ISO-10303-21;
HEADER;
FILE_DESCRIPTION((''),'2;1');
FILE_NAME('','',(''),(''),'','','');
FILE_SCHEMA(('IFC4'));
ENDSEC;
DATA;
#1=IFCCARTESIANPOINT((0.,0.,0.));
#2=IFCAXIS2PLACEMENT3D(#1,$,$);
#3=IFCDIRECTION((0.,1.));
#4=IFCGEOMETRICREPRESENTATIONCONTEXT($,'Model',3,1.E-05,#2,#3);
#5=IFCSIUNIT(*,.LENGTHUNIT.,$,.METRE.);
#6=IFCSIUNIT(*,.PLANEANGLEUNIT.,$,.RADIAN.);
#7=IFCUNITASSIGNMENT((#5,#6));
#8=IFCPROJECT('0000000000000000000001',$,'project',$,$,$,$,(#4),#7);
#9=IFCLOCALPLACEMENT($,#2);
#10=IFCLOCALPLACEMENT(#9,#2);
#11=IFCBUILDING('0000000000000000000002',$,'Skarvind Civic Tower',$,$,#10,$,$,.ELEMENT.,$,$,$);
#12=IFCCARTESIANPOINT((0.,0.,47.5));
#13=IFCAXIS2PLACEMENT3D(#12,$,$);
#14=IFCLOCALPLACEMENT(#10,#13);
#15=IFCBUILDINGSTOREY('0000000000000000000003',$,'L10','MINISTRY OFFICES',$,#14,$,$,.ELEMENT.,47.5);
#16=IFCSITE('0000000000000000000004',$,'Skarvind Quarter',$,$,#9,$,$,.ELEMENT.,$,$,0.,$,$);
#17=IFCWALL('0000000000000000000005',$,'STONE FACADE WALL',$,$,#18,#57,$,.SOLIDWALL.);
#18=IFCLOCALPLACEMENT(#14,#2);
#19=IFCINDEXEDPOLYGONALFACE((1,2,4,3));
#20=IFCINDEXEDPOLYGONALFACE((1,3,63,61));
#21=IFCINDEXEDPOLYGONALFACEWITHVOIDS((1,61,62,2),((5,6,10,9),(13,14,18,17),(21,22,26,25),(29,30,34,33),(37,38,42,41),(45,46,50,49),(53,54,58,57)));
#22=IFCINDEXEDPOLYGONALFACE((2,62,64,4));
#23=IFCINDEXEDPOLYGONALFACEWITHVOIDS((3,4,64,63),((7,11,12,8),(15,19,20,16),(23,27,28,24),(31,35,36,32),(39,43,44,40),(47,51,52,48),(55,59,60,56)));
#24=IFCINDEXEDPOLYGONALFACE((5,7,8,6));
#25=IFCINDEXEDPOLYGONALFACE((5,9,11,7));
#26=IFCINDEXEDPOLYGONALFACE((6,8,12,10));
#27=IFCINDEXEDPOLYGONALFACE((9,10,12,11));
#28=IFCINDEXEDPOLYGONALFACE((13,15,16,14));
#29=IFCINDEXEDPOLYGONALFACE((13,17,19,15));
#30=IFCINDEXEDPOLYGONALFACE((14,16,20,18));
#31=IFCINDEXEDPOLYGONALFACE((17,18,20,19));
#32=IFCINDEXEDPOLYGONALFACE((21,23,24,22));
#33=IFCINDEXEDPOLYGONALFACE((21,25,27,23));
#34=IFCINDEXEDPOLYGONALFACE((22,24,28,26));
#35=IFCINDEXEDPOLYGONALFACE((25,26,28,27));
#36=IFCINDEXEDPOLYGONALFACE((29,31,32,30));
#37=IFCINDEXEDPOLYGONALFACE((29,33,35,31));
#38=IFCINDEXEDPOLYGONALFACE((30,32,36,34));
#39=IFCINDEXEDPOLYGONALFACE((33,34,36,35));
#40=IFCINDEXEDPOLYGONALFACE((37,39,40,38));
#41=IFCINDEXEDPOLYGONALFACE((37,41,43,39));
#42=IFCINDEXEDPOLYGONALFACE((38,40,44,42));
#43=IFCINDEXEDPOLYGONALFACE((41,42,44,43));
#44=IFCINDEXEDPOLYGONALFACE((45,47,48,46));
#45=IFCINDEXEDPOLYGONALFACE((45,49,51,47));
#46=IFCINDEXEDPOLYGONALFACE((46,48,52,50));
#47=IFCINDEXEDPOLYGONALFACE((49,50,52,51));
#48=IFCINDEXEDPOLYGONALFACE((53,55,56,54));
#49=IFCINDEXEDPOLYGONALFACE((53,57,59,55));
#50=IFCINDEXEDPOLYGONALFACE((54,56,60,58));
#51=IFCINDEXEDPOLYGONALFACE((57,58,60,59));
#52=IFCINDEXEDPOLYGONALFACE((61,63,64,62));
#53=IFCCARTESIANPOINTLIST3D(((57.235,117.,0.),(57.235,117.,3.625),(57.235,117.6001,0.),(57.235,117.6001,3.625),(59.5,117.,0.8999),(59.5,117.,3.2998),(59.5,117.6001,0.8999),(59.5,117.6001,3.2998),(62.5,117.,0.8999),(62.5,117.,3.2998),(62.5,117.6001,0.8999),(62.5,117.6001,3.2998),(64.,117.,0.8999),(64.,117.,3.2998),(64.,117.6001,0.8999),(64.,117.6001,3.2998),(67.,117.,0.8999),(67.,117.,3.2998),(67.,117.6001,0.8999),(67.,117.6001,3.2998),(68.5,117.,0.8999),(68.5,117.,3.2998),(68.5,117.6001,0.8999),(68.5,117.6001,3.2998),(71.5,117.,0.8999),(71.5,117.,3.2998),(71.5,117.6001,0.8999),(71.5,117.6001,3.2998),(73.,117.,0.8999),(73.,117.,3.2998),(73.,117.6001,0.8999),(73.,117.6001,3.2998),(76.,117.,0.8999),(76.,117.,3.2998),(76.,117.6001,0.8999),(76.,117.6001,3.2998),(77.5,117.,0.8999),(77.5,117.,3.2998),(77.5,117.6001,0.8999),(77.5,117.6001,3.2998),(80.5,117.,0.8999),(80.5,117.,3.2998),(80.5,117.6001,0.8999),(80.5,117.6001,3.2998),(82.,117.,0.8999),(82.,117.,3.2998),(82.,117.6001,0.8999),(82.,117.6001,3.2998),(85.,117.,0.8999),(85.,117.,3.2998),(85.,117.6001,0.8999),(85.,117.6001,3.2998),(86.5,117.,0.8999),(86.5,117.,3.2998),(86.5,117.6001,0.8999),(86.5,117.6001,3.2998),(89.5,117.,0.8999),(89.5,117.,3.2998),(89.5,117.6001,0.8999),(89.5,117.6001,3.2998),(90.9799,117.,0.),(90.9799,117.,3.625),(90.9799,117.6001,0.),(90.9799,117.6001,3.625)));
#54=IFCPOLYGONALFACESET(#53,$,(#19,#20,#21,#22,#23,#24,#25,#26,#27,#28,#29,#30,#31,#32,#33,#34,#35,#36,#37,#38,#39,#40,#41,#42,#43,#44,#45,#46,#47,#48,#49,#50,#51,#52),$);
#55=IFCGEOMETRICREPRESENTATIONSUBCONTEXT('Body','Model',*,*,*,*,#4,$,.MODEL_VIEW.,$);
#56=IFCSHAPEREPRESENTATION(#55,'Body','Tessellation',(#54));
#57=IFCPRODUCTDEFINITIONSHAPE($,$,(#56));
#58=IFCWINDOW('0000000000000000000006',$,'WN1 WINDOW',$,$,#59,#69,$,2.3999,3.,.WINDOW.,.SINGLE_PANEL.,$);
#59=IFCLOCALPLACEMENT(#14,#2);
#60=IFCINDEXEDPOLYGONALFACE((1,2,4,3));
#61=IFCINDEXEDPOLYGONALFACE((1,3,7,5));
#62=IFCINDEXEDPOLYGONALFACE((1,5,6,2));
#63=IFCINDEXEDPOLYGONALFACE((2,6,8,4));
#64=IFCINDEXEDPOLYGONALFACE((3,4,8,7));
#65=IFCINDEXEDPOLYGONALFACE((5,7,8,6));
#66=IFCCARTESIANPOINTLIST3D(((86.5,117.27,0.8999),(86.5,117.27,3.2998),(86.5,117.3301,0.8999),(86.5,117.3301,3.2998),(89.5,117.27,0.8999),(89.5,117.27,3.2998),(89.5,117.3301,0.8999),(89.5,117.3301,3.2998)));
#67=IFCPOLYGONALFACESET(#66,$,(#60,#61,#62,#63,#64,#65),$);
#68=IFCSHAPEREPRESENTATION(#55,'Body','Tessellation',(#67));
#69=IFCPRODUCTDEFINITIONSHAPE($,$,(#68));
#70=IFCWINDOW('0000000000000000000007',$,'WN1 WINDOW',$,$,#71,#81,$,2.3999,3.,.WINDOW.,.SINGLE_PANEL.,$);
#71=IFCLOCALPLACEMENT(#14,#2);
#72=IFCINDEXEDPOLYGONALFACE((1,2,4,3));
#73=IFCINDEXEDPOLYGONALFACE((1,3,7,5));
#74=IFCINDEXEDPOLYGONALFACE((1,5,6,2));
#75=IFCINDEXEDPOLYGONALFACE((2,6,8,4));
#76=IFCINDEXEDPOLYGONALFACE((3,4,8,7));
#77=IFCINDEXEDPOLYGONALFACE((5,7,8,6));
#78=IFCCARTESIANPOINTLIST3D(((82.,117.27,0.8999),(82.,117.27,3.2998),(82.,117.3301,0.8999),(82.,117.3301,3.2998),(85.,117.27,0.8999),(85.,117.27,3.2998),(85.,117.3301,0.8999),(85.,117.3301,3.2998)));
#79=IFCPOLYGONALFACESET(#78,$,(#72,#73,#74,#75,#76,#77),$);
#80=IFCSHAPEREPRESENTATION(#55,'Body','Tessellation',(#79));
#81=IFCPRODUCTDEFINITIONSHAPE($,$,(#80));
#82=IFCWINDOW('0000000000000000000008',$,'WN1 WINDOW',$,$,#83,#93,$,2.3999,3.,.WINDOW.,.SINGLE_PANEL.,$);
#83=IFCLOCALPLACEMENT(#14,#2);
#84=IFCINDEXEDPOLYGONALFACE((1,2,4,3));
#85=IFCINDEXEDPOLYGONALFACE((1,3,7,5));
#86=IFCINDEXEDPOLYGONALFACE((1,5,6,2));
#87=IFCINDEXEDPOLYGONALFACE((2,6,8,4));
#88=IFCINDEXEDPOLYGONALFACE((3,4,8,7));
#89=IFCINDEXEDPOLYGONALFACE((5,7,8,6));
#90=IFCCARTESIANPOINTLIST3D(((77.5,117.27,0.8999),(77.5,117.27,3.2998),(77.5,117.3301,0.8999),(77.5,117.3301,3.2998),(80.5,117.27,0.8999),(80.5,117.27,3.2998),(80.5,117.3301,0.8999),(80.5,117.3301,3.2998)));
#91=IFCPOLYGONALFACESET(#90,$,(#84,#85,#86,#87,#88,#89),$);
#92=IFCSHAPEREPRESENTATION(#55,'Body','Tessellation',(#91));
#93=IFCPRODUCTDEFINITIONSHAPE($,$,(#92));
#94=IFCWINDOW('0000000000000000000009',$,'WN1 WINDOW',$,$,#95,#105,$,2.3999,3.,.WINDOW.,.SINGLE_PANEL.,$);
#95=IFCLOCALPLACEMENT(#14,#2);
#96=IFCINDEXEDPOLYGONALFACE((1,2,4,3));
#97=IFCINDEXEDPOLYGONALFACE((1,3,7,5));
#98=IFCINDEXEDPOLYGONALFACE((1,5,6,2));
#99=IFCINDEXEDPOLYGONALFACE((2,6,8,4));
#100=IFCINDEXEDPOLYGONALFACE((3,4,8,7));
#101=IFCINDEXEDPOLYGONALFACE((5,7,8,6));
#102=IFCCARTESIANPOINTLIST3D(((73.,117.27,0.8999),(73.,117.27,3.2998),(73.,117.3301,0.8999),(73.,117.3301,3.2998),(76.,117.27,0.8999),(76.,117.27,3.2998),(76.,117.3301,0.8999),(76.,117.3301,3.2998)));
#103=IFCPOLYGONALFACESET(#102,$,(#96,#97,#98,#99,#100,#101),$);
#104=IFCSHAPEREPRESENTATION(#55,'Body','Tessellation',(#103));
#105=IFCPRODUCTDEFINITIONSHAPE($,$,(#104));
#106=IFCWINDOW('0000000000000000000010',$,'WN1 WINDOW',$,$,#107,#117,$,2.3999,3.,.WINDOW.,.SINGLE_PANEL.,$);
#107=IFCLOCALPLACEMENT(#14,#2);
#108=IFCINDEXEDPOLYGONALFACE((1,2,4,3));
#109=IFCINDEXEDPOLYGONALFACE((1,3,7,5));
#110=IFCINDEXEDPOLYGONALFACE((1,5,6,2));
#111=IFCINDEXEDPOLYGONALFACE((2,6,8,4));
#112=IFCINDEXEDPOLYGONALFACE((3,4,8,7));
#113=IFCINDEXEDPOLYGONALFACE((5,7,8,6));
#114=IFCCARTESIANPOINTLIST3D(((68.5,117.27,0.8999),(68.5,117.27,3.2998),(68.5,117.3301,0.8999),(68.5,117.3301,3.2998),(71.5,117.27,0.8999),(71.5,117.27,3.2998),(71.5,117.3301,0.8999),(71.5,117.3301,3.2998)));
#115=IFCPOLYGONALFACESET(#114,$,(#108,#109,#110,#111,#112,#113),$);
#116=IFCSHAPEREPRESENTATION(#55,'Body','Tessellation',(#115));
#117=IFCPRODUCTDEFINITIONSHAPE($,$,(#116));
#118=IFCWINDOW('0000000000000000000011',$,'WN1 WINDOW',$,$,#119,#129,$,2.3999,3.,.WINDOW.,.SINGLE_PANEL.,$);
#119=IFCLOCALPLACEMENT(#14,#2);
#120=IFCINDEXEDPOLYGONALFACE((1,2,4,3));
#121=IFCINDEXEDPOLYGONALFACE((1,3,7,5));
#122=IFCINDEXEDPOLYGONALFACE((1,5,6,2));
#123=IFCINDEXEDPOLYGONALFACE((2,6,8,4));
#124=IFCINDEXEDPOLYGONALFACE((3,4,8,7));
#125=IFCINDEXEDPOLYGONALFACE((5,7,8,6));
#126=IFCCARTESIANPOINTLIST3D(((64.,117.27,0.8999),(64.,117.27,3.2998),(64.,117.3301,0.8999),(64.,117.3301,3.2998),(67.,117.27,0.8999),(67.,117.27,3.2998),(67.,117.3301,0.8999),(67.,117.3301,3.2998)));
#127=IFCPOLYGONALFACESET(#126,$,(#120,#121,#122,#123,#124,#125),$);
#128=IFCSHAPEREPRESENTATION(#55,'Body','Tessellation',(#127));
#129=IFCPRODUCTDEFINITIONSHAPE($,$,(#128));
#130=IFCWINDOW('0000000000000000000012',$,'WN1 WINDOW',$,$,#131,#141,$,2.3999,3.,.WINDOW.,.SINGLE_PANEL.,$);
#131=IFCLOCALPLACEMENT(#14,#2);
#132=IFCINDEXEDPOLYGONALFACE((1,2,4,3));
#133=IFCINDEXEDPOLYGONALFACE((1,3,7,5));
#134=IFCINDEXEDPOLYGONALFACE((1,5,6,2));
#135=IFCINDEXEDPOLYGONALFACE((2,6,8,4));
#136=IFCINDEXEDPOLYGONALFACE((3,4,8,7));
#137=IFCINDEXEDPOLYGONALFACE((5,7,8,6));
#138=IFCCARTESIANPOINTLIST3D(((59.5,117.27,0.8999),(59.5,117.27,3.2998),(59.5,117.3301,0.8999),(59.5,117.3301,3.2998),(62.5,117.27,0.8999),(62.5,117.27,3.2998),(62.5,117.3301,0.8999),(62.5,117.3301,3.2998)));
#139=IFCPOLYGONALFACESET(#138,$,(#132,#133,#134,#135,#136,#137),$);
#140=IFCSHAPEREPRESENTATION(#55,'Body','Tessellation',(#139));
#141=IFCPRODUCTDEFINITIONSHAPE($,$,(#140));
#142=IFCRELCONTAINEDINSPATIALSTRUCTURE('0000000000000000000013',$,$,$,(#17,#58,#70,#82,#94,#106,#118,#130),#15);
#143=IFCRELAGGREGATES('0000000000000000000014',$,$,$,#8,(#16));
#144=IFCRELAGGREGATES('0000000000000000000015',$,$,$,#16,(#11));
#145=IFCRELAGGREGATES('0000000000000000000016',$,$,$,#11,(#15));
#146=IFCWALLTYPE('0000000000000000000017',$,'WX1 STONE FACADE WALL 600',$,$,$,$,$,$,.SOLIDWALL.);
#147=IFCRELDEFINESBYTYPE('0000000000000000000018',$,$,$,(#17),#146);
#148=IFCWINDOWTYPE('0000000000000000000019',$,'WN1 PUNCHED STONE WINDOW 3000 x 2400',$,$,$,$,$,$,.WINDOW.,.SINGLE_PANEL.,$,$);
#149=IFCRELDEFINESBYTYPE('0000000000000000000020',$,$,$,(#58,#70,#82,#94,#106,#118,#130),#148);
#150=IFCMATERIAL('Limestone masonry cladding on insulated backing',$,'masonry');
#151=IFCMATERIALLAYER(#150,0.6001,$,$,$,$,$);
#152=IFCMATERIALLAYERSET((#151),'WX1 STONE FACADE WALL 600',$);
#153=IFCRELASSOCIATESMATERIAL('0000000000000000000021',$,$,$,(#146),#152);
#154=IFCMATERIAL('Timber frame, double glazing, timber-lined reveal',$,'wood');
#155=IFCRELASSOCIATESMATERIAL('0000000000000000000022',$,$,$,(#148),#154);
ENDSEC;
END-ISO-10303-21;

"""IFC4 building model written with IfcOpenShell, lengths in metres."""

from ifc_helpers import new_model, si_unit, direction, frame, frame_2d, origin, place, context, subcontext, project, spatial, rectangle, extrude, material, layer, layer_set, type_object, element, fill, save


model = new_model("IFC4")

# Units and contexts
model_context = context("Model", 3, precision=1e-05, world=origin(), true_north=direction((0.0, 1.0)))
body_context = subcontext(model_context, "Body", "Model", "MODEL_VIEW")
ifc_project = project(units=[si_unit("LENGTHUNIT", "METRE"), si_unit("PLANEANGLEUNIT", "RADIAN")], contexts=[model_context])

# Site, building, storey
site_placement = place(None, origin())
site = spatial("IfcSite", under=ifc_project, at=site_placement, Name="Skarvind Quarter", CompositionType="ELEMENT", RefElevation=0.0)
building_placement = place(site_placement, origin())
building = spatial("IfcBuilding", under=site, at=building_placement, Name="Skarvind Civic Tower", CompositionType="ELEMENT")
storey_placement = place(building_placement, frame((0.0, 0.0, 47.5)))
storey = spatial("IfcBuildingStorey", under=building, at=storey_placement, Name="L10", Description="MINISTRY OFFICES", CompositionType="ELEMENT", Elevation=47.5)

# Wall, openings, windows
ifc_material_1 = material(Name="Limestone masonry cladding on insulated backing", Category="masonry")
ifc_layer_1 = layer(ifc_material_1, 0.6001)
ifc_layer_set_1 = layer_set([ifc_layer_1], Name="WX1 STONE FACADE WALL 600")
wall_type_1 = type_object("IfcWallType", Name="WX1 STONE FACADE WALL 600", PredefinedType="SOLIDWALL", material=ifc_layer_set_1)
wall_placement = place(storey_placement, frame((90.98, 117.3, 0.0), z_axis=(0.0, 0.0, 1.0), x_axis=(-1.0, 0.0, 0.0)))
wall = element("IfcWall", 1, at=wall_placement, inside=storey, type_object=wall_type_1, Name="STONE FACADE WALL", PredefinedType="SOLIDWALL", context=body_context, shape_type="SweptSolid", body=[
    extrude(rectangle(XDim=33.7449, YDim=0.6001, at=frame_2d((16.8726, 0.0))), origin(), (0.0, 0.0, 1.0), 3.625),
])
opening_1_placement = place(wall_placement, frame((1.48, 0.0, 0.8999)))
opening_1 = element("IfcOpeningElement", 2, at=opening_1_placement, cuts=wall, PredefinedType="OPENING", context=body_context, shape_type="SweptSolid", body=[
    extrude(rectangle(XDim=3.0, YDim=2.3999, at=frame_2d((1.5, 1.2))), frame((0.0, 0.3101, 0.0), z_axis=(0.0, -1.0, 0.0), x_axis=(1.0, 0.0, 0.0)), (0.0, 0.0, 1.0), 0.6201),
])
opening_2_placement = place(wall_placement, frame((5.98, 0.0, 0.8999)))
opening_2 = element("IfcOpeningElement", 3, at=opening_2_placement, cuts=wall, PredefinedType="OPENING", context=body_context, shape_type="SweptSolid", body=[
    extrude(rectangle(XDim=3.0, YDim=2.3999, at=frame_2d((1.5, 1.2))), frame((0.0, 0.3101, 0.0), z_axis=(0.0, -1.0, 0.0), x_axis=(1.0, 0.0, 0.0)), (0.0, 0.0, 1.0), 0.6201),
])
opening_3_placement = place(wall_placement, frame((10.48, 0.0, 0.8999)))
opening_3 = element("IfcOpeningElement", 4, at=opening_3_placement, cuts=wall, PredefinedType="OPENING", context=body_context, shape_type="SweptSolid", body=[
    extrude(rectangle(XDim=3.0, YDim=2.3999, at=frame_2d((1.5, 1.2))), frame((0.0, 0.3101, 0.0), z_axis=(0.0, -1.0, 0.0), x_axis=(1.0, 0.0, 0.0)), (0.0, 0.0, 1.0), 0.6201),
])
opening_4_placement = place(wall_placement, frame((14.98, 0.0, 0.8999)))
opening_4 = element("IfcOpeningElement", 5, at=opening_4_placement, cuts=wall, PredefinedType="OPENING", context=body_context, shape_type="SweptSolid", body=[
    extrude(rectangle(XDim=3.0, YDim=2.3999, at=frame_2d((1.5, 1.2))), frame((0.0, 0.3101, 0.0), z_axis=(0.0, -1.0, 0.0), x_axis=(1.0, 0.0, 0.0)), (0.0, 0.0, 1.0), 0.6201),
])
opening_5_placement = place(wall_placement, frame((19.48, 0.0, 0.8999)))
opening_5 = element("IfcOpeningElement", 6, at=opening_5_placement, cuts=wall, PredefinedType="OPENING", context=body_context, shape_type="SweptSolid", body=[
    extrude(rectangle(XDim=3.0, YDim=2.3999, at=frame_2d((1.5, 1.2))), frame((0.0, 0.3101, 0.0), z_axis=(0.0, -1.0, 0.0), x_axis=(1.0, 0.0, 0.0)), (0.0, 0.0, 1.0), 0.6201),
])
opening_6_placement = place(wall_placement, frame((23.98, 0.0, 0.8999)))
opening_6 = element("IfcOpeningElement", 7, at=opening_6_placement, cuts=wall, PredefinedType="OPENING", context=body_context, shape_type="SweptSolid", body=[
    extrude(rectangle(XDim=3.0, YDim=2.3999, at=frame_2d((1.5, 1.2))), frame((0.0, 0.3101, 0.0), z_axis=(0.0, -1.0, 0.0), x_axis=(1.0, 0.0, 0.0)), (0.0, 0.0, 1.0), 0.6201),
])
opening_7_placement = place(wall_placement, frame((28.48, 0.0, 0.8999)))
opening_7 = element("IfcOpeningElement", 8, at=opening_7_placement, cuts=wall, PredefinedType="OPENING", context=body_context, shape_type="SweptSolid", body=[
    extrude(rectangle(XDim=3.0, YDim=2.3999, at=frame_2d((1.5, 1.2))), frame((0.0, 0.3101, 0.0), z_axis=(0.0, -1.0, 0.0), x_axis=(1.0, 0.0, 0.0)), (0.0, 0.0, 1.0), 0.6201),
])
ifc_material_2 = material(Name="Timber frame, double glazing, timber-lined reveal", Category="wood")
window_type = type_object("IfcWindowType", Name="WN1 PUNCHED STONE WINDOW 3000 x 2400", PartitioningType="SINGLE_PANEL", PredefinedType="WINDOW", material=ifc_material_2)
window_1_placement = place(opening_1_placement, origin())
window_1 = element("IfcWindow", 9, at=window_1_placement, inside=storey, type_object=window_type, Name="WN1 WINDOW", OverallHeight=2.3999, OverallWidth=3.0, PartitioningType="SINGLE_PANEL", PredefinedType="WINDOW", context=body_context, shape_type="SweptSolid", body=[
    extrude(rectangle(XDim=3.0, YDim=2.3999, at=frame_2d((1.5, 1.2))), frame((0.0, 0.03, 0.0), z_axis=(0.0, -1.0, 0.0), x_axis=(1.0, 0.0, 0.0)), (0.0, 0.0, 1.0), 0.0601),
])
fill(opening_1, window_1)
window_2_placement = place(opening_2_placement, origin())
window_2 = element("IfcWindow", 10, at=window_2_placement, inside=storey, type_object=window_type, Name="WN1 WINDOW", OverallHeight=2.3999, OverallWidth=3.0, PartitioningType="SINGLE_PANEL", PredefinedType="WINDOW", context=body_context, shape_type="SweptSolid", body=[
    extrude(rectangle(XDim=3.0, YDim=2.3999, at=frame_2d((1.5, 1.2))), frame((0.0, 0.03, 0.0), z_axis=(0.0, -1.0, 0.0), x_axis=(1.0, 0.0, 0.0)), (0.0, 0.0, 1.0), 0.0601),
])
fill(opening_2, window_2)
window_3_placement = place(opening_3_placement, origin())
window_3 = element("IfcWindow", 11, at=window_3_placement, inside=storey, type_object=window_type, Name="WN1 WINDOW", OverallHeight=2.3999, OverallWidth=3.0, PartitioningType="SINGLE_PANEL", PredefinedType="WINDOW", context=body_context, shape_type="SweptSolid", body=[
    extrude(rectangle(XDim=3.0, YDim=2.3999, at=frame_2d((1.5, 1.2))), frame((0.0, 0.03, 0.0), z_axis=(0.0, -1.0, 0.0), x_axis=(1.0, 0.0, 0.0)), (0.0, 0.0, 1.0), 0.0601),
])
fill(opening_3, window_3)
window_4_placement = place(opening_4_placement, origin())
window_4 = element("IfcWindow", 12, at=window_4_placement, inside=storey, type_object=window_type, Name="WN1 WINDOW", OverallHeight=2.3999, OverallWidth=3.0, PartitioningType="SINGLE_PANEL", PredefinedType="WINDOW", context=body_context, shape_type="SweptSolid", body=[
    extrude(rectangle(XDim=3.0, YDim=2.3999, at=frame_2d((1.5, 1.2))), frame((0.0, 0.03, 0.0), z_axis=(0.0, -1.0, 0.0), x_axis=(1.0, 0.0, 0.0)), (0.0, 0.0, 1.0), 0.0601),
])
fill(opening_4, window_4)
window_5_placement = place(opening_5_placement, origin())
window_5 = element("IfcWindow", 13, at=window_5_placement, inside=storey, type_object=window_type, Name="WN1 WINDOW", OverallHeight=2.3999, OverallWidth=3.0, PartitioningType="SINGLE_PANEL", PredefinedType="WINDOW", context=body_context, shape_type="SweptSolid", body=[
    extrude(rectangle(XDim=3.0, YDim=2.3999, at=frame_2d((1.5, 1.2))), frame((0.0, 0.03, 0.0), z_axis=(0.0, -1.0, 0.0), x_axis=(1.0, 0.0, 0.0)), (0.0, 0.0, 1.0), 0.0601),
])
fill(opening_5, window_5)
window_6_placement = place(opening_6_placement, origin())
window_6 = element("IfcWindow", 14, at=window_6_placement, inside=storey, type_object=window_type, Name="WN1 WINDOW", OverallHeight=2.3999, OverallWidth=3.0, PartitioningType="SINGLE_PANEL", PredefinedType="WINDOW", context=body_context, shape_type="SweptSolid", body=[
    extrude(rectangle(XDim=3.0, YDim=2.3999, at=frame_2d((1.5, 1.2))), frame((0.0, 0.03, 0.0), z_axis=(0.0, -1.0, 0.0), x_axis=(1.0, 0.0, 0.0)), (0.0, 0.0, 1.0), 0.0601),
])
fill(opening_6, window_6)
window_7_placement = place(opening_7_placement, origin())
window_7 = element("IfcWindow", 15, at=window_7_placement, inside=storey, type_object=window_type, Name="WN1 WINDOW", OverallHeight=2.3999, OverallWidth=3.0, PartitioningType="SINGLE_PANEL", PredefinedType="WINDOW", context=body_context, shape_type="SweptSolid", body=[
    extrude(rectangle(XDim=3.0, YDim=2.3999, at=frame_2d((1.5, 1.2))), frame((0.0, 0.03, 0.0), z_axis=(0.0, -1.0, 0.0), x_axis=(1.0, 0.0, 0.0)), (0.0, 0.0, 1.0), 0.0601),
])
fill(opening_7, window_7)

save(model, "model.ifc")
